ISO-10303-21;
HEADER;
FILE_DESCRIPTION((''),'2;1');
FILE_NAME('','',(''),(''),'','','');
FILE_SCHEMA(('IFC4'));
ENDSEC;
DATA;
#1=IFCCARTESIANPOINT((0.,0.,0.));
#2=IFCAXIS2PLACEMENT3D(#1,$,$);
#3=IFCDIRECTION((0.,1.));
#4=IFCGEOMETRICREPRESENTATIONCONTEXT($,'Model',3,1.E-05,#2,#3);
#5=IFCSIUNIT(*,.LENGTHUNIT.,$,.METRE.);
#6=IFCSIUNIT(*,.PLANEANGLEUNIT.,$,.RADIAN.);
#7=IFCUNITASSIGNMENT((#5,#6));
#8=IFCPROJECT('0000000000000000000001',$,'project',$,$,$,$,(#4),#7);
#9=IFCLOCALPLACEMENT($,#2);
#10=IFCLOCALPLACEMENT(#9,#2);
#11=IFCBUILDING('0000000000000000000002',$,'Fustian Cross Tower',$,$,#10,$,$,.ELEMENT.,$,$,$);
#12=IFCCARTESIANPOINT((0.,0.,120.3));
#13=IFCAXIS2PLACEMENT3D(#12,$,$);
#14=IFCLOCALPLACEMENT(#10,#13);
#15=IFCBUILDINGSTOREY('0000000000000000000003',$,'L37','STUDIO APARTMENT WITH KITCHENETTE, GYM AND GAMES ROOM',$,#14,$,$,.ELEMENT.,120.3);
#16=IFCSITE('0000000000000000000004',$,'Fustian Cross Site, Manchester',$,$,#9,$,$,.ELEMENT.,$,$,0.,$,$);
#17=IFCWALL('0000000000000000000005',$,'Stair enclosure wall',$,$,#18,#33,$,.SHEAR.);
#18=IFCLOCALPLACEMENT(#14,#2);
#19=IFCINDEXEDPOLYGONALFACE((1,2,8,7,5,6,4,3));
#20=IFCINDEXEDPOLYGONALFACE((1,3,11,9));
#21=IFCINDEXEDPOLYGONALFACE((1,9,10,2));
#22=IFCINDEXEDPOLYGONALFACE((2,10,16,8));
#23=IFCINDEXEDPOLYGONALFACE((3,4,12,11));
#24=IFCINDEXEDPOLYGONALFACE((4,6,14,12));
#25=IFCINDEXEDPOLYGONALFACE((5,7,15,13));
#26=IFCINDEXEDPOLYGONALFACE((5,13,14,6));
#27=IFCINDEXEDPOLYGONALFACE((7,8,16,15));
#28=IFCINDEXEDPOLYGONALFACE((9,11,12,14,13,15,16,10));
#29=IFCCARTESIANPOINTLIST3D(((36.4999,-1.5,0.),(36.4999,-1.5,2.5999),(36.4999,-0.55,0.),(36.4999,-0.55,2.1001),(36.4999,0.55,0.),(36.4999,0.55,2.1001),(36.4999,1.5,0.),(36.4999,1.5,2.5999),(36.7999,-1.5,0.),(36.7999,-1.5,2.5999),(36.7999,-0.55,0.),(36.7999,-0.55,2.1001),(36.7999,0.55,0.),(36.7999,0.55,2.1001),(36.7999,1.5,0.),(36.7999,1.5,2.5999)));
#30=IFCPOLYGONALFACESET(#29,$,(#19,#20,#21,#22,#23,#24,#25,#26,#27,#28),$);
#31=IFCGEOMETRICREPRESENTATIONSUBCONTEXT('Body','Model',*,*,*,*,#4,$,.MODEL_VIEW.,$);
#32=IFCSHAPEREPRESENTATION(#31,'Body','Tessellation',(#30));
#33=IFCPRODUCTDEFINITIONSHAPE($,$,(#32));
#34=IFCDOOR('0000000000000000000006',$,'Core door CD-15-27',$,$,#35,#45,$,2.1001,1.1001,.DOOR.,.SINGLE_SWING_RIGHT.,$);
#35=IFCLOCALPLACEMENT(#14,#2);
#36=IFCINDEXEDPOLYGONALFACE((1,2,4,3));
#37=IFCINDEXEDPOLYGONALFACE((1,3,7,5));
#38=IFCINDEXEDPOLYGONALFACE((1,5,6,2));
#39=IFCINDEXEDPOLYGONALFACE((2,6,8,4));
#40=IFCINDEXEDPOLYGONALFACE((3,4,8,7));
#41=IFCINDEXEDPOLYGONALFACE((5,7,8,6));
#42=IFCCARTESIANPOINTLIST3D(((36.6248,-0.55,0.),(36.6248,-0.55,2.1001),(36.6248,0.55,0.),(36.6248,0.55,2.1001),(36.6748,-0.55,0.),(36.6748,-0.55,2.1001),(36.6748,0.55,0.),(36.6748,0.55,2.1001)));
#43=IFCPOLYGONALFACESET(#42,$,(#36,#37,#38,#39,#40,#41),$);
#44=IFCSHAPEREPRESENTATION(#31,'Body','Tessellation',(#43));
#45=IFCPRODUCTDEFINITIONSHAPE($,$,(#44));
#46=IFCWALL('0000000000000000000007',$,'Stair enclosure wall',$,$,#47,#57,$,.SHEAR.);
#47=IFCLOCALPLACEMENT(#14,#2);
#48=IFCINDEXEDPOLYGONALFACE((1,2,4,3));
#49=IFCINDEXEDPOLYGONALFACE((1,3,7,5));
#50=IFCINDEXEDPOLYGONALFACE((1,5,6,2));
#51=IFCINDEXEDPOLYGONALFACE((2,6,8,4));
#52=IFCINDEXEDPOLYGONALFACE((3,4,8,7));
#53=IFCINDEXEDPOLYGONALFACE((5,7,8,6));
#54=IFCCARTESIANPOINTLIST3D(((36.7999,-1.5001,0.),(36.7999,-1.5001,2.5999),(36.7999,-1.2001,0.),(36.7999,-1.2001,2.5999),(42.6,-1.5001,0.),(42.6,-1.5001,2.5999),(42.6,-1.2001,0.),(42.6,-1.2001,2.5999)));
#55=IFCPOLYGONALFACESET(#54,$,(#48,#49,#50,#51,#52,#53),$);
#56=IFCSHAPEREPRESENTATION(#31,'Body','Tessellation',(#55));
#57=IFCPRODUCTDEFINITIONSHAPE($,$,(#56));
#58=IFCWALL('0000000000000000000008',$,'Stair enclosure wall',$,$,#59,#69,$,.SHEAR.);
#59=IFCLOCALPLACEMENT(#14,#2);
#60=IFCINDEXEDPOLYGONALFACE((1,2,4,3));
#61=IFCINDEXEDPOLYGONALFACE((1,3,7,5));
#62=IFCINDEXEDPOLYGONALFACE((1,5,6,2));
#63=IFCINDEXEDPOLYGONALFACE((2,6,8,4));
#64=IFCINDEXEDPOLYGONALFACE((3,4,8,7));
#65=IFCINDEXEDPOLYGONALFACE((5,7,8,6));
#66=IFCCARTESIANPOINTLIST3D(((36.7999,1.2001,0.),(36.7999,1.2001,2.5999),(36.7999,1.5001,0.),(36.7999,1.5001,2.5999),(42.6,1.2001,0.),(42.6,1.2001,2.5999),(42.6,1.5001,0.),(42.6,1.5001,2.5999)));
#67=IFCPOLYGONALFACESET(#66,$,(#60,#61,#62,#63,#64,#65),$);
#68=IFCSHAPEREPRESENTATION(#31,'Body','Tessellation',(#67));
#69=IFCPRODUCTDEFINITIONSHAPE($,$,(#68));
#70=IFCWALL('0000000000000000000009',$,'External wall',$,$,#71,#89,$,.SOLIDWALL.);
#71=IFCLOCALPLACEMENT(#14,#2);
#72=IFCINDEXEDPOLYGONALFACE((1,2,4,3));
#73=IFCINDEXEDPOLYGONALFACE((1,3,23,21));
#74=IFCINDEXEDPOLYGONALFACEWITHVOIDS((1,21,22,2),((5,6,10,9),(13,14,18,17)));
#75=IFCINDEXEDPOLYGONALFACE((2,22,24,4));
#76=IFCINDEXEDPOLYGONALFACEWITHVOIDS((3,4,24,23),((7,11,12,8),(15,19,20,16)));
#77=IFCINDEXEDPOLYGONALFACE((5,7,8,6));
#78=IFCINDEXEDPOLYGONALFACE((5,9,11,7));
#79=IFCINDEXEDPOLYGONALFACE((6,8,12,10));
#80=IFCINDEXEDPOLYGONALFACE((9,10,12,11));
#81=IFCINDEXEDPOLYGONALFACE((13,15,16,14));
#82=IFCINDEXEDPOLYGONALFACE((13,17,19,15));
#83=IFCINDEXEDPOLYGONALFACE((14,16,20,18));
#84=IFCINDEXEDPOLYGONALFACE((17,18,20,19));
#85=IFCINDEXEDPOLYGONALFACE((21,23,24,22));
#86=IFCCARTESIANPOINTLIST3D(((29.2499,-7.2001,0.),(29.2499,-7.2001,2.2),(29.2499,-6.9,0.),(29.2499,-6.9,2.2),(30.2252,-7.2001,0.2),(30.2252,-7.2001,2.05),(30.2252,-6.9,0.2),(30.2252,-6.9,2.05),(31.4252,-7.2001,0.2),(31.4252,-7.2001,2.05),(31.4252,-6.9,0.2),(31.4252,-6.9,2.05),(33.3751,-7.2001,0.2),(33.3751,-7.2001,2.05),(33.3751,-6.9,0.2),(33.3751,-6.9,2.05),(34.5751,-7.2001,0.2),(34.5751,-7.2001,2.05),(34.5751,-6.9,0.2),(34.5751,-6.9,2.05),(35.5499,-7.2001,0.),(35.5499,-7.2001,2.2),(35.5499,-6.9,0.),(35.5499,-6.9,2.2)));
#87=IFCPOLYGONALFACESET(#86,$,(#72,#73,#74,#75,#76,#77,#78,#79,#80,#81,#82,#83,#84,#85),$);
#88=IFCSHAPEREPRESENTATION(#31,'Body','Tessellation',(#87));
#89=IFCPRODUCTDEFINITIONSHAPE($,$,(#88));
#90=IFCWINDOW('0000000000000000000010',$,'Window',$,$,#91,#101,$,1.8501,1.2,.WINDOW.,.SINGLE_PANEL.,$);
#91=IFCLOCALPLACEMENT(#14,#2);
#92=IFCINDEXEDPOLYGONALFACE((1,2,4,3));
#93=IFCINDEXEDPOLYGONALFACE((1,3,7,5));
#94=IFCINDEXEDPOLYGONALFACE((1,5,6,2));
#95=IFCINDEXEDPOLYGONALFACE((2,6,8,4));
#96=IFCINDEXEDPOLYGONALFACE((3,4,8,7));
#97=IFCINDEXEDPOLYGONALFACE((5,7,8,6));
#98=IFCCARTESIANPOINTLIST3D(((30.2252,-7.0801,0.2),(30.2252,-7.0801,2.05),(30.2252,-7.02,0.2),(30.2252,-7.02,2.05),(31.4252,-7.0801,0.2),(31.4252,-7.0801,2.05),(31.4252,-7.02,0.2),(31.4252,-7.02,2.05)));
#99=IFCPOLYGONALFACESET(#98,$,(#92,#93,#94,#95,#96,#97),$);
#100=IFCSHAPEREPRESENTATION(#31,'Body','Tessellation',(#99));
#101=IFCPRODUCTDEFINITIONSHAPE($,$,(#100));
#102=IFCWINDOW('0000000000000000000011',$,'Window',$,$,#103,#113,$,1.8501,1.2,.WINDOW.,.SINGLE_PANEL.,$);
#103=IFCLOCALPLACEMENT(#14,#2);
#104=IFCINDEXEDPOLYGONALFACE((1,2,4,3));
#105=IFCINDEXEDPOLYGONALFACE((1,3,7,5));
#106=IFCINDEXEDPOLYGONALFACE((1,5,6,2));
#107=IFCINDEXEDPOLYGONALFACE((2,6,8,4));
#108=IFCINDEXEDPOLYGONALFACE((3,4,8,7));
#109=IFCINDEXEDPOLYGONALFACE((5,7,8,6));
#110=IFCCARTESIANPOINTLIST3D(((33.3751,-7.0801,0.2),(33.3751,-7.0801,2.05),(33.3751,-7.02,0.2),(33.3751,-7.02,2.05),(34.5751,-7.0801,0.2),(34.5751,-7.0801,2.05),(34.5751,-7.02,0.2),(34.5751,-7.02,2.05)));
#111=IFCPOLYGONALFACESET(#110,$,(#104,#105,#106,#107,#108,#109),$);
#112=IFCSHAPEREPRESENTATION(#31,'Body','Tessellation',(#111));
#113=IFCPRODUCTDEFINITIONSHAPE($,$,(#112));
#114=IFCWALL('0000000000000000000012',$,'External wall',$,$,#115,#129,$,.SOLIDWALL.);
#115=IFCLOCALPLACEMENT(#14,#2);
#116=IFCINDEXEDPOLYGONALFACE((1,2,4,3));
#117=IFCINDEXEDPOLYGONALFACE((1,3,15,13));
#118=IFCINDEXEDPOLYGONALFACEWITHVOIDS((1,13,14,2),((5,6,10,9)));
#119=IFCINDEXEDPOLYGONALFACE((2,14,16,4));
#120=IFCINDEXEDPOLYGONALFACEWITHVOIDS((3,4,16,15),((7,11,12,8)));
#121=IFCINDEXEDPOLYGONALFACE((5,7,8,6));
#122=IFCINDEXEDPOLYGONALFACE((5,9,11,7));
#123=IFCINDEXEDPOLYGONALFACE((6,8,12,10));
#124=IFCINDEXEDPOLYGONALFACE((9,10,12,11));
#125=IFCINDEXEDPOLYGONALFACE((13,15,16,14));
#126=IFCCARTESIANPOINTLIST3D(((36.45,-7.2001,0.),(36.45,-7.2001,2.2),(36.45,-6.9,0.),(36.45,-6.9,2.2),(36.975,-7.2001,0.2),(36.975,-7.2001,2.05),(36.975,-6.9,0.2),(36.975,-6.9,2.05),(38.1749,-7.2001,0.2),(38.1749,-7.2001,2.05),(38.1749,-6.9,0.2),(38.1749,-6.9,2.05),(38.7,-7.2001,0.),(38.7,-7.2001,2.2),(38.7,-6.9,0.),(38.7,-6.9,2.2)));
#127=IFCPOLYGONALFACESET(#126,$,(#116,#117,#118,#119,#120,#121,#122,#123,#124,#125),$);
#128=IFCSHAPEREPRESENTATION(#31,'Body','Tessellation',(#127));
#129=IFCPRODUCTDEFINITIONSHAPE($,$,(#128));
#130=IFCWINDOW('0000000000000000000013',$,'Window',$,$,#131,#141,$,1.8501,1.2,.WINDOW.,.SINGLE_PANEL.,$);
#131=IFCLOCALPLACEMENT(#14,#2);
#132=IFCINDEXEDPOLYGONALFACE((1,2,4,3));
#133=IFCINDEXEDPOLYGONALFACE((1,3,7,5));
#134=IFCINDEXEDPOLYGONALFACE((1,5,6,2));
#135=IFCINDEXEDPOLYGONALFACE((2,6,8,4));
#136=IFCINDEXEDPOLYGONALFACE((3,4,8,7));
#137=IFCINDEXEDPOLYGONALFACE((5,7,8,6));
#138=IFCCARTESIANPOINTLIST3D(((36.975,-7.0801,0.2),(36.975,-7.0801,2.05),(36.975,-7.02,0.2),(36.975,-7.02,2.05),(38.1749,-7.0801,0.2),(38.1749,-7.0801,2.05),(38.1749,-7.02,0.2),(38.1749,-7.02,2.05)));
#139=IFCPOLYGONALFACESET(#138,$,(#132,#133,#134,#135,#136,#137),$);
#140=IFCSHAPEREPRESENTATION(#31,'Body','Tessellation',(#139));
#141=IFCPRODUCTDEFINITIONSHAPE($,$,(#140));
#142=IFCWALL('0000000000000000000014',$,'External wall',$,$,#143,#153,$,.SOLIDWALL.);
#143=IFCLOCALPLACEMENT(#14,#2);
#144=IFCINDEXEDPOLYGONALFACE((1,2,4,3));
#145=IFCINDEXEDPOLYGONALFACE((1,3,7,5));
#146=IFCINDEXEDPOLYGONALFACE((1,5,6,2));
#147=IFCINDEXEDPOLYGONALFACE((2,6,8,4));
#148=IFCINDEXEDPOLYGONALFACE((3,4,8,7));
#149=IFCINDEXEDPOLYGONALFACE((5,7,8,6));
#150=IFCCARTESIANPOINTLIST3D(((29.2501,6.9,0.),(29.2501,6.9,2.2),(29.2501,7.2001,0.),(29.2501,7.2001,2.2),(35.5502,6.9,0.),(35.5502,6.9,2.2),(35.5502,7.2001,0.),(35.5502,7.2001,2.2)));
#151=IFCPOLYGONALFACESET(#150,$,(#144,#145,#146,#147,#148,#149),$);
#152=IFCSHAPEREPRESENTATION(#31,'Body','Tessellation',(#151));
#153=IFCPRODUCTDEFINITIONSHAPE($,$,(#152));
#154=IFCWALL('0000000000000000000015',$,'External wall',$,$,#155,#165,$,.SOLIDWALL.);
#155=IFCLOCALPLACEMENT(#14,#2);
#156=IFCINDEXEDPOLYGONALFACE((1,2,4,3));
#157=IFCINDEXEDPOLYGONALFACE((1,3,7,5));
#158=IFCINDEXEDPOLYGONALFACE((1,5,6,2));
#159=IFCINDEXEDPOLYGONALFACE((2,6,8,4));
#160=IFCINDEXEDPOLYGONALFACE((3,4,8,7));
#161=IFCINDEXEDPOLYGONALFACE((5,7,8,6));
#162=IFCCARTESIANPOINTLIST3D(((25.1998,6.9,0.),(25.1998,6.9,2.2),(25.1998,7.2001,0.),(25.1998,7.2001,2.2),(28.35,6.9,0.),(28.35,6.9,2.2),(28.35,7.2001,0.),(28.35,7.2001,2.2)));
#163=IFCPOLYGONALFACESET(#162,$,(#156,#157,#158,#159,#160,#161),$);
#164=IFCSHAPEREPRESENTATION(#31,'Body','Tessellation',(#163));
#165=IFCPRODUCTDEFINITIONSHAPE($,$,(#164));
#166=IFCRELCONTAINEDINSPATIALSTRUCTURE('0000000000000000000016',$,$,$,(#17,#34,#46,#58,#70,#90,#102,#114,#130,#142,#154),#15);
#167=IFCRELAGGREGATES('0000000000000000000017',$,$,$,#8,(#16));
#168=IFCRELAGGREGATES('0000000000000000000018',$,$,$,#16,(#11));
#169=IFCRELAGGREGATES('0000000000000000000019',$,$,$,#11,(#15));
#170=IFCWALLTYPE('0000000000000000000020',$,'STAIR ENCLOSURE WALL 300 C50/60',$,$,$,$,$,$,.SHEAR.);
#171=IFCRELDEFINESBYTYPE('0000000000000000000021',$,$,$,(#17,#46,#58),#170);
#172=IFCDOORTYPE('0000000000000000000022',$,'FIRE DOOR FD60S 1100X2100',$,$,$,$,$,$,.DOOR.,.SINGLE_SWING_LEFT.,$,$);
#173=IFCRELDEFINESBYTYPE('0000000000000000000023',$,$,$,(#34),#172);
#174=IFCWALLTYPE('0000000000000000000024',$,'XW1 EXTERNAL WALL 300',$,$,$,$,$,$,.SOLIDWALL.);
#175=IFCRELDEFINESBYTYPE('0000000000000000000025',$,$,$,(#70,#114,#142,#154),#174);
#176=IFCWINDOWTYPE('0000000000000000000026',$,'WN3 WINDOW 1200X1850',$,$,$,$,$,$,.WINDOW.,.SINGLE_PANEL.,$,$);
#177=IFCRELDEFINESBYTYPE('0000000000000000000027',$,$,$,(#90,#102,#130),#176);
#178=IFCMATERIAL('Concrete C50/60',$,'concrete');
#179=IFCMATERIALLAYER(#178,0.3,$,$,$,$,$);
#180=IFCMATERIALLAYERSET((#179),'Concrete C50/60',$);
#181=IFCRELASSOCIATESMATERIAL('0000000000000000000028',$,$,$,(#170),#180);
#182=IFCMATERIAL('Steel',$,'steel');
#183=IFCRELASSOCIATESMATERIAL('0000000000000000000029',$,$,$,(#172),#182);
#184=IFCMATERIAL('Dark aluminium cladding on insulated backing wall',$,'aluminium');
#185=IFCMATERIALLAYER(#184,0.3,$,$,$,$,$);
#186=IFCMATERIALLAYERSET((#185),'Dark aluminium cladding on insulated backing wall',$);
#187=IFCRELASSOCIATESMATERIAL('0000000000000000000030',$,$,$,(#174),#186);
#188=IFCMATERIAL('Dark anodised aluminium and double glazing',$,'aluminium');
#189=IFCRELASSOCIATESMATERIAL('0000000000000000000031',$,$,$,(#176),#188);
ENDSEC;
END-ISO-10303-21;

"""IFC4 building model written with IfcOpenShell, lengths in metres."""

from ifc_helpers import new_model, si_unit, direction, frame, frame_2d, origin, place, context, subcontext, project, spatial, rectangle, extrude, material, layer, layer_set, type_object, element, fill, save


model = new_model("IFC4")

# Units and contexts
model_context = context("Model", 3, precision=1e-05, world=origin(), true_north=direction((0.0, 1.0)))
body_context = subcontext(model_context, "Body", "Model", "MODEL_VIEW")
ifc_project = project(units=[si_unit("LENGTHUNIT", "METRE"), si_unit("PLANEANGLEUNIT", "RADIAN")], contexts=[model_context])

# Site, building, storey
site_placement = place(None, origin())
site = spatial("IfcSite", under=ifc_project, at=site_placement, Name="Fustian Cross Site, Manchester", CompositionType="ELEMENT", RefElevation=0.0)
building_placement = place(site_placement, origin())
building = spatial("IfcBuilding", under=site, at=building_placement, Name="Fustian Cross Tower", CompositionType="ELEMENT")
storey_placement = place(building_placement, frame((0.0, 0.0, 120.3)))
storey = spatial("IfcBuildingStorey", under=building, at=storey_placement, Name="L37", Description="STUDIO APARTMENT WITH KITCHENETTE, GYM AND GAMES ROOM", CompositionType="ELEMENT", Elevation=120.3)

# Wall, opening, door
ifc_material_1 = material(Name="Concrete C50/60", Category="concrete")
ifc_layer_1 = layer(ifc_material_1, 0.3)
ifc_layer_set_1 = layer_set([ifc_layer_1], Name="Concrete C50/60")
wall_type_1 = type_object("IfcWallType", Name="STAIR ENCLOSURE WALL 300 C50/60", PredefinedType="SHEAR", material=ifc_layer_set_1)
wall_1_placement = place(storey_placement, frame((36.6499, -1.5, 0.0), z_axis=(0.0, 0.0, 1.0), x_axis=(0.0, 1.0, 0.0)))
wall_1 = element("IfcWall", 1, at=wall_1_placement, inside=storey, type_object=wall_type_1, Name="Stair enclosure wall", PredefinedType="SHEAR", context=body_context, shape_type="SweptSolid", body=[
    extrude(rectangle(XDim=3.0, YDim=0.3, at=frame_2d((1.5, 0.0))), origin(), (0.0, 0.0, 1.0), 2.5999),
])
opening_1_placement = place(wall_1_placement, frame((0.95, 0.0, 0.0)))
opening_1 = element("IfcOpeningElement", 2, at=opening_1_placement, cuts=wall_1, PredefinedType="OPENING", context=body_context, shape_type="SweptSolid", body=[
    extrude(rectangle(XDim=1.1001, YDim=2.1001, at=frame_2d((0.55, 1.05))), frame((0.0, 0.1599, 0.0), z_axis=(0.0, -1.0, 0.0), x_axis=(1.0, 0.0, 0.0)), (0.0, 0.0, 1.0), 0.3201),
])
ifc_material_2 = material(Name="Steel", Category="steel")
door_type_1 = type_object("IfcDoorType", Name="FIRE DOOR FD60S 1100X2100", OperationType="SINGLE_SWING_LEFT", PredefinedType="DOOR", material=ifc_material_2)
door_1_placement = place(opening_1_placement, frame((1.1001, 0.0, 0.0), z_axis=(0.0, 0.0, 1.0), x_axis=(-1.0, 0.0, 0.0)))
door_1 = element("IfcDoor", 3, at=door_1_placement, inside=storey, type_object=door_type_1, Name="Core door CD-15-27", OperationType="SINGLE_SWING_RIGHT", OverallHeight=2.1001, OverallWidth=1.1001, PredefinedType="DOOR", context=body_context, shape_type="SweptSolid", body=[
    extrude(rectangle(XDim=1.1001, YDim=2.1001, at=frame_2d((0.55, 1.05))), frame((0.0, 0.0249, 0.0), z_axis=(0.0, -1.0, 0.0), x_axis=(1.0, 0.0, 0.0)), (0.0, 0.0, 1.0), 0.05),
])
fill(opening_1, door_1)

# Walls
for number, where, z_axis, x_axis, name in (
    (4, (36.8, -1.3501, 0.0), (0.0, 0.0, 1.0), (1.0, 0.0, 0.0), "Stair enclosure wall"),
    (5, (36.8, 1.3501, 0.0), (0.0, 0.0, 1.0), (1.0, 0.0, 0.0), "Stair enclosure wall"),
):
    element("IfcWall", number, at=place(storey_placement, frame(where, z_axis=z_axis, x_axis=x_axis)), inside=storey, type_object=wall_type_1, Name=name, PredefinedType="SHEAR", context=body_context, shape_type="SweptSolid", body=[
        extrude(rectangle(XDim=5.8, YDim=0.3, at=frame_2d((2.8999, 0.0))), origin(), (0.0, 0.0, 1.0), 2.5999),
    ])

# Wall, openings, windows
ifc_material_3 = material(Name="Dark aluminium cladding on insulated backing wall", Category="aluminium")
ifc_layer_2 = layer(ifc_material_3, 0.3)
ifc_layer_set_2 = layer_set([ifc_layer_2], Name="Dark aluminium cladding on insulated backing wall")
wall_type_2 = type_object("IfcWallType", Name="XW1 EXTERNAL WALL 300", PredefinedType="SOLIDWALL", material=ifc_layer_set_2)
wall_2_placement = place(storey_placement, frame((29.25, -7.05, 0.0), z_axis=(0.0, 0.0, 1.0), x_axis=(1.0, 0.0, 0.0)))
wall_2 = element("IfcWall", 6, at=wall_2_placement, inside=storey, type_object=wall_type_2, Name="External wall", PredefinedType="SOLIDWALL", context=body_context, shape_type="SweptSolid", body=[
    extrude(rectangle(XDim=6.3, YDim=0.3, at=frame_2d((3.1499, 0.0))), origin(), (0.0, 0.0, 1.0), 2.2),
])
opening_2_placement = place(wall_2_placement, frame((0.9751, 0.0, 0.2)))
opening_2 = element("IfcOpeningElement", 7, at=opening_2_placement, cuts=wall_2, PredefinedType="OPENING", context=body_context, shape_type="SweptSolid", body=[
    extrude(rectangle(XDim=1.2, YDim=1.8501, at=frame_2d((0.6001, 0.925))), frame((0.0, 0.1599, 0.0), z_axis=(0.0, -1.0, 0.0), x_axis=(1.0, 0.0, 0.0)), (0.0, 0.0, 1.0), 0.3201),
])
opening_3_placement = place(wall_2_placement, frame((4.125, 0.0, 0.2)))
opening_3 = element("IfcOpeningElement", 8, at=opening_3_placement, cuts=wall_2, PredefinedType="OPENING", context=body_context, shape_type="SweptSolid", body=[
    extrude(rectangle(XDim=1.2, YDim=1.8501, at=frame_2d((0.6001, 0.925))), frame((0.0, 0.1599, 0.0), z_axis=(0.0, -1.0, 0.0), x_axis=(1.0, 0.0, 0.0)), (0.0, 0.0, 1.0), 0.3201),
])
ifc_material_4 = material(Name="Dark anodised aluminium and double glazing", Category="aluminium")
window_type = type_object("IfcWindowType", Name="WN3 WINDOW 1200X1850", PartitioningType="SINGLE_PANEL", PredefinedType="WINDOW", material=ifc_material_4)
window_1_placement = place(opening_2_placement, origin())
window_1 = element("IfcWindow", 9, at=window_1_placement, inside=storey, type_object=window_type, Name="Window", OverallHeight=1.8501, OverallWidth=1.2, PartitioningType="SINGLE_PANEL", PredefinedType="WINDOW", context=body_context, shape_type="SweptSolid", body=[
    extrude(rectangle(XDim=1.2, YDim=1.8501, at=frame_2d((0.6001, 0.925))), frame((0.0, 0.03, 0.0), z_axis=(0.0, -1.0, 0.0), x_axis=(1.0, 0.0, 0.0)), (0.0, 0.0, 1.0), 0.0601),
])
fill(opening_2, window_1)
window_2_placement = place(opening_3_placement, origin())
window_2 = element("IfcWindow", 10, at=window_2_placement, inside=storey, type_object=window_type, Name="Window", OverallHeight=1.8501, OverallWidth=1.2, PartitioningType="SINGLE_PANEL", PredefinedType="WINDOW", context=body_context, shape_type="SweptSolid", body=[
    extrude(rectangle(XDim=1.2, YDim=1.8501, at=frame_2d((0.6001, 0.925))), frame((0.0, 0.03, 0.0), z_axis=(0.0, -1.0, 0.0), x_axis=(1.0, 0.0, 0.0)), (0.0, 0.0, 1.0), 0.0601),
])
fill(opening_3, window_2)

# Wall, opening, window
wall_3_placement = place(storey_placement, frame((36.45, -7.05, 0.0), z_axis=(0.0, 0.0, 1.0), x_axis=(1.0, 0.0, 0.0)))
wall_3 = element("IfcWall", 11, at=wall_3_placement, inside=storey, type_object=wall_type_2, Name="External wall", PredefinedType="SOLIDWALL", context=body_context, shape_type="SweptSolid", body=[
    extrude(rectangle(XDim=2.25, YDim=0.3, at=frame_2d((1.125, 0.0))), origin(), (0.0, 0.0, 1.0), 2.2),
])
opening_4_placement = place(wall_3_placement, frame((0.5249, 0.0, 0.2)))
opening_4 = element("IfcOpeningElement", 12, at=opening_4_placement, cuts=wall_3, PredefinedType="OPENING", context=body_context, shape_type="SweptSolid", body=[
    extrude(rectangle(XDim=1.2, YDim=1.8501, at=frame_2d((0.6001, 0.925))), frame((0.0, 0.1599, 0.0), z_axis=(0.0, -1.0, 0.0), x_axis=(1.0, 0.0, 0.0)), (0.0, 0.0, 1.0), 0.3201),
])
window_3_placement = place(opening_4_placement, origin())
window_3 = element("IfcWindow", 13, at=window_3_placement, inside=storey, type_object=window_type, Name="Window", OverallHeight=1.8501, OverallWidth=1.2, PartitioningType="SINGLE_PANEL", PredefinedType="WINDOW", context=body_context, shape_type="SweptSolid", body=[
    extrude(rectangle(XDim=1.2, YDim=1.8501, at=frame_2d((0.6001, 0.925))), frame((0.0, 0.03, 0.0), z_axis=(0.0, -1.0, 0.0), x_axis=(1.0, 0.0, 0.0)), (0.0, 0.0, 1.0), 0.0601),
])
fill(opening_4, window_3)

# Walls
wall_4_placement = place(storey_placement, frame((35.55, 7.05, 0.0), z_axis=(0.0, 0.0, 1.0), x_axis=(-1.0, 0.0, 0.0)))
element("IfcWall", 14, at=wall_4_placement, inside=storey, type_object=wall_type_2, Name="External wall", PredefinedType="SOLIDWALL", context=body_context, shape_type="SweptSolid", body=[
    extrude(rectangle(XDim=6.3, YDim=0.3, at=frame_2d((3.1499, 0.0))), origin(), (0.0, 0.0, 1.0), 2.2),
])
wall_5_placement = place(storey_placement, frame((28.3501, 7.05, 0.0), z_axis=(0.0, 0.0, 1.0), x_axis=(-1.0, 0.0, 0.0)))
element("IfcWall", 15, at=wall_5_placement, inside=storey, type_object=wall_type_2, Name="External wall", PredefinedType="SOLIDWALL", context=body_context, shape_type="SweptSolid", body=[
    extrude(rectangle(XDim=3.1501, YDim=0.3, at=frame_2d((1.5752, 0.0))), origin(), (0.0, 0.0, 1.0), 2.2),
])

save(model, "model.ifc")
